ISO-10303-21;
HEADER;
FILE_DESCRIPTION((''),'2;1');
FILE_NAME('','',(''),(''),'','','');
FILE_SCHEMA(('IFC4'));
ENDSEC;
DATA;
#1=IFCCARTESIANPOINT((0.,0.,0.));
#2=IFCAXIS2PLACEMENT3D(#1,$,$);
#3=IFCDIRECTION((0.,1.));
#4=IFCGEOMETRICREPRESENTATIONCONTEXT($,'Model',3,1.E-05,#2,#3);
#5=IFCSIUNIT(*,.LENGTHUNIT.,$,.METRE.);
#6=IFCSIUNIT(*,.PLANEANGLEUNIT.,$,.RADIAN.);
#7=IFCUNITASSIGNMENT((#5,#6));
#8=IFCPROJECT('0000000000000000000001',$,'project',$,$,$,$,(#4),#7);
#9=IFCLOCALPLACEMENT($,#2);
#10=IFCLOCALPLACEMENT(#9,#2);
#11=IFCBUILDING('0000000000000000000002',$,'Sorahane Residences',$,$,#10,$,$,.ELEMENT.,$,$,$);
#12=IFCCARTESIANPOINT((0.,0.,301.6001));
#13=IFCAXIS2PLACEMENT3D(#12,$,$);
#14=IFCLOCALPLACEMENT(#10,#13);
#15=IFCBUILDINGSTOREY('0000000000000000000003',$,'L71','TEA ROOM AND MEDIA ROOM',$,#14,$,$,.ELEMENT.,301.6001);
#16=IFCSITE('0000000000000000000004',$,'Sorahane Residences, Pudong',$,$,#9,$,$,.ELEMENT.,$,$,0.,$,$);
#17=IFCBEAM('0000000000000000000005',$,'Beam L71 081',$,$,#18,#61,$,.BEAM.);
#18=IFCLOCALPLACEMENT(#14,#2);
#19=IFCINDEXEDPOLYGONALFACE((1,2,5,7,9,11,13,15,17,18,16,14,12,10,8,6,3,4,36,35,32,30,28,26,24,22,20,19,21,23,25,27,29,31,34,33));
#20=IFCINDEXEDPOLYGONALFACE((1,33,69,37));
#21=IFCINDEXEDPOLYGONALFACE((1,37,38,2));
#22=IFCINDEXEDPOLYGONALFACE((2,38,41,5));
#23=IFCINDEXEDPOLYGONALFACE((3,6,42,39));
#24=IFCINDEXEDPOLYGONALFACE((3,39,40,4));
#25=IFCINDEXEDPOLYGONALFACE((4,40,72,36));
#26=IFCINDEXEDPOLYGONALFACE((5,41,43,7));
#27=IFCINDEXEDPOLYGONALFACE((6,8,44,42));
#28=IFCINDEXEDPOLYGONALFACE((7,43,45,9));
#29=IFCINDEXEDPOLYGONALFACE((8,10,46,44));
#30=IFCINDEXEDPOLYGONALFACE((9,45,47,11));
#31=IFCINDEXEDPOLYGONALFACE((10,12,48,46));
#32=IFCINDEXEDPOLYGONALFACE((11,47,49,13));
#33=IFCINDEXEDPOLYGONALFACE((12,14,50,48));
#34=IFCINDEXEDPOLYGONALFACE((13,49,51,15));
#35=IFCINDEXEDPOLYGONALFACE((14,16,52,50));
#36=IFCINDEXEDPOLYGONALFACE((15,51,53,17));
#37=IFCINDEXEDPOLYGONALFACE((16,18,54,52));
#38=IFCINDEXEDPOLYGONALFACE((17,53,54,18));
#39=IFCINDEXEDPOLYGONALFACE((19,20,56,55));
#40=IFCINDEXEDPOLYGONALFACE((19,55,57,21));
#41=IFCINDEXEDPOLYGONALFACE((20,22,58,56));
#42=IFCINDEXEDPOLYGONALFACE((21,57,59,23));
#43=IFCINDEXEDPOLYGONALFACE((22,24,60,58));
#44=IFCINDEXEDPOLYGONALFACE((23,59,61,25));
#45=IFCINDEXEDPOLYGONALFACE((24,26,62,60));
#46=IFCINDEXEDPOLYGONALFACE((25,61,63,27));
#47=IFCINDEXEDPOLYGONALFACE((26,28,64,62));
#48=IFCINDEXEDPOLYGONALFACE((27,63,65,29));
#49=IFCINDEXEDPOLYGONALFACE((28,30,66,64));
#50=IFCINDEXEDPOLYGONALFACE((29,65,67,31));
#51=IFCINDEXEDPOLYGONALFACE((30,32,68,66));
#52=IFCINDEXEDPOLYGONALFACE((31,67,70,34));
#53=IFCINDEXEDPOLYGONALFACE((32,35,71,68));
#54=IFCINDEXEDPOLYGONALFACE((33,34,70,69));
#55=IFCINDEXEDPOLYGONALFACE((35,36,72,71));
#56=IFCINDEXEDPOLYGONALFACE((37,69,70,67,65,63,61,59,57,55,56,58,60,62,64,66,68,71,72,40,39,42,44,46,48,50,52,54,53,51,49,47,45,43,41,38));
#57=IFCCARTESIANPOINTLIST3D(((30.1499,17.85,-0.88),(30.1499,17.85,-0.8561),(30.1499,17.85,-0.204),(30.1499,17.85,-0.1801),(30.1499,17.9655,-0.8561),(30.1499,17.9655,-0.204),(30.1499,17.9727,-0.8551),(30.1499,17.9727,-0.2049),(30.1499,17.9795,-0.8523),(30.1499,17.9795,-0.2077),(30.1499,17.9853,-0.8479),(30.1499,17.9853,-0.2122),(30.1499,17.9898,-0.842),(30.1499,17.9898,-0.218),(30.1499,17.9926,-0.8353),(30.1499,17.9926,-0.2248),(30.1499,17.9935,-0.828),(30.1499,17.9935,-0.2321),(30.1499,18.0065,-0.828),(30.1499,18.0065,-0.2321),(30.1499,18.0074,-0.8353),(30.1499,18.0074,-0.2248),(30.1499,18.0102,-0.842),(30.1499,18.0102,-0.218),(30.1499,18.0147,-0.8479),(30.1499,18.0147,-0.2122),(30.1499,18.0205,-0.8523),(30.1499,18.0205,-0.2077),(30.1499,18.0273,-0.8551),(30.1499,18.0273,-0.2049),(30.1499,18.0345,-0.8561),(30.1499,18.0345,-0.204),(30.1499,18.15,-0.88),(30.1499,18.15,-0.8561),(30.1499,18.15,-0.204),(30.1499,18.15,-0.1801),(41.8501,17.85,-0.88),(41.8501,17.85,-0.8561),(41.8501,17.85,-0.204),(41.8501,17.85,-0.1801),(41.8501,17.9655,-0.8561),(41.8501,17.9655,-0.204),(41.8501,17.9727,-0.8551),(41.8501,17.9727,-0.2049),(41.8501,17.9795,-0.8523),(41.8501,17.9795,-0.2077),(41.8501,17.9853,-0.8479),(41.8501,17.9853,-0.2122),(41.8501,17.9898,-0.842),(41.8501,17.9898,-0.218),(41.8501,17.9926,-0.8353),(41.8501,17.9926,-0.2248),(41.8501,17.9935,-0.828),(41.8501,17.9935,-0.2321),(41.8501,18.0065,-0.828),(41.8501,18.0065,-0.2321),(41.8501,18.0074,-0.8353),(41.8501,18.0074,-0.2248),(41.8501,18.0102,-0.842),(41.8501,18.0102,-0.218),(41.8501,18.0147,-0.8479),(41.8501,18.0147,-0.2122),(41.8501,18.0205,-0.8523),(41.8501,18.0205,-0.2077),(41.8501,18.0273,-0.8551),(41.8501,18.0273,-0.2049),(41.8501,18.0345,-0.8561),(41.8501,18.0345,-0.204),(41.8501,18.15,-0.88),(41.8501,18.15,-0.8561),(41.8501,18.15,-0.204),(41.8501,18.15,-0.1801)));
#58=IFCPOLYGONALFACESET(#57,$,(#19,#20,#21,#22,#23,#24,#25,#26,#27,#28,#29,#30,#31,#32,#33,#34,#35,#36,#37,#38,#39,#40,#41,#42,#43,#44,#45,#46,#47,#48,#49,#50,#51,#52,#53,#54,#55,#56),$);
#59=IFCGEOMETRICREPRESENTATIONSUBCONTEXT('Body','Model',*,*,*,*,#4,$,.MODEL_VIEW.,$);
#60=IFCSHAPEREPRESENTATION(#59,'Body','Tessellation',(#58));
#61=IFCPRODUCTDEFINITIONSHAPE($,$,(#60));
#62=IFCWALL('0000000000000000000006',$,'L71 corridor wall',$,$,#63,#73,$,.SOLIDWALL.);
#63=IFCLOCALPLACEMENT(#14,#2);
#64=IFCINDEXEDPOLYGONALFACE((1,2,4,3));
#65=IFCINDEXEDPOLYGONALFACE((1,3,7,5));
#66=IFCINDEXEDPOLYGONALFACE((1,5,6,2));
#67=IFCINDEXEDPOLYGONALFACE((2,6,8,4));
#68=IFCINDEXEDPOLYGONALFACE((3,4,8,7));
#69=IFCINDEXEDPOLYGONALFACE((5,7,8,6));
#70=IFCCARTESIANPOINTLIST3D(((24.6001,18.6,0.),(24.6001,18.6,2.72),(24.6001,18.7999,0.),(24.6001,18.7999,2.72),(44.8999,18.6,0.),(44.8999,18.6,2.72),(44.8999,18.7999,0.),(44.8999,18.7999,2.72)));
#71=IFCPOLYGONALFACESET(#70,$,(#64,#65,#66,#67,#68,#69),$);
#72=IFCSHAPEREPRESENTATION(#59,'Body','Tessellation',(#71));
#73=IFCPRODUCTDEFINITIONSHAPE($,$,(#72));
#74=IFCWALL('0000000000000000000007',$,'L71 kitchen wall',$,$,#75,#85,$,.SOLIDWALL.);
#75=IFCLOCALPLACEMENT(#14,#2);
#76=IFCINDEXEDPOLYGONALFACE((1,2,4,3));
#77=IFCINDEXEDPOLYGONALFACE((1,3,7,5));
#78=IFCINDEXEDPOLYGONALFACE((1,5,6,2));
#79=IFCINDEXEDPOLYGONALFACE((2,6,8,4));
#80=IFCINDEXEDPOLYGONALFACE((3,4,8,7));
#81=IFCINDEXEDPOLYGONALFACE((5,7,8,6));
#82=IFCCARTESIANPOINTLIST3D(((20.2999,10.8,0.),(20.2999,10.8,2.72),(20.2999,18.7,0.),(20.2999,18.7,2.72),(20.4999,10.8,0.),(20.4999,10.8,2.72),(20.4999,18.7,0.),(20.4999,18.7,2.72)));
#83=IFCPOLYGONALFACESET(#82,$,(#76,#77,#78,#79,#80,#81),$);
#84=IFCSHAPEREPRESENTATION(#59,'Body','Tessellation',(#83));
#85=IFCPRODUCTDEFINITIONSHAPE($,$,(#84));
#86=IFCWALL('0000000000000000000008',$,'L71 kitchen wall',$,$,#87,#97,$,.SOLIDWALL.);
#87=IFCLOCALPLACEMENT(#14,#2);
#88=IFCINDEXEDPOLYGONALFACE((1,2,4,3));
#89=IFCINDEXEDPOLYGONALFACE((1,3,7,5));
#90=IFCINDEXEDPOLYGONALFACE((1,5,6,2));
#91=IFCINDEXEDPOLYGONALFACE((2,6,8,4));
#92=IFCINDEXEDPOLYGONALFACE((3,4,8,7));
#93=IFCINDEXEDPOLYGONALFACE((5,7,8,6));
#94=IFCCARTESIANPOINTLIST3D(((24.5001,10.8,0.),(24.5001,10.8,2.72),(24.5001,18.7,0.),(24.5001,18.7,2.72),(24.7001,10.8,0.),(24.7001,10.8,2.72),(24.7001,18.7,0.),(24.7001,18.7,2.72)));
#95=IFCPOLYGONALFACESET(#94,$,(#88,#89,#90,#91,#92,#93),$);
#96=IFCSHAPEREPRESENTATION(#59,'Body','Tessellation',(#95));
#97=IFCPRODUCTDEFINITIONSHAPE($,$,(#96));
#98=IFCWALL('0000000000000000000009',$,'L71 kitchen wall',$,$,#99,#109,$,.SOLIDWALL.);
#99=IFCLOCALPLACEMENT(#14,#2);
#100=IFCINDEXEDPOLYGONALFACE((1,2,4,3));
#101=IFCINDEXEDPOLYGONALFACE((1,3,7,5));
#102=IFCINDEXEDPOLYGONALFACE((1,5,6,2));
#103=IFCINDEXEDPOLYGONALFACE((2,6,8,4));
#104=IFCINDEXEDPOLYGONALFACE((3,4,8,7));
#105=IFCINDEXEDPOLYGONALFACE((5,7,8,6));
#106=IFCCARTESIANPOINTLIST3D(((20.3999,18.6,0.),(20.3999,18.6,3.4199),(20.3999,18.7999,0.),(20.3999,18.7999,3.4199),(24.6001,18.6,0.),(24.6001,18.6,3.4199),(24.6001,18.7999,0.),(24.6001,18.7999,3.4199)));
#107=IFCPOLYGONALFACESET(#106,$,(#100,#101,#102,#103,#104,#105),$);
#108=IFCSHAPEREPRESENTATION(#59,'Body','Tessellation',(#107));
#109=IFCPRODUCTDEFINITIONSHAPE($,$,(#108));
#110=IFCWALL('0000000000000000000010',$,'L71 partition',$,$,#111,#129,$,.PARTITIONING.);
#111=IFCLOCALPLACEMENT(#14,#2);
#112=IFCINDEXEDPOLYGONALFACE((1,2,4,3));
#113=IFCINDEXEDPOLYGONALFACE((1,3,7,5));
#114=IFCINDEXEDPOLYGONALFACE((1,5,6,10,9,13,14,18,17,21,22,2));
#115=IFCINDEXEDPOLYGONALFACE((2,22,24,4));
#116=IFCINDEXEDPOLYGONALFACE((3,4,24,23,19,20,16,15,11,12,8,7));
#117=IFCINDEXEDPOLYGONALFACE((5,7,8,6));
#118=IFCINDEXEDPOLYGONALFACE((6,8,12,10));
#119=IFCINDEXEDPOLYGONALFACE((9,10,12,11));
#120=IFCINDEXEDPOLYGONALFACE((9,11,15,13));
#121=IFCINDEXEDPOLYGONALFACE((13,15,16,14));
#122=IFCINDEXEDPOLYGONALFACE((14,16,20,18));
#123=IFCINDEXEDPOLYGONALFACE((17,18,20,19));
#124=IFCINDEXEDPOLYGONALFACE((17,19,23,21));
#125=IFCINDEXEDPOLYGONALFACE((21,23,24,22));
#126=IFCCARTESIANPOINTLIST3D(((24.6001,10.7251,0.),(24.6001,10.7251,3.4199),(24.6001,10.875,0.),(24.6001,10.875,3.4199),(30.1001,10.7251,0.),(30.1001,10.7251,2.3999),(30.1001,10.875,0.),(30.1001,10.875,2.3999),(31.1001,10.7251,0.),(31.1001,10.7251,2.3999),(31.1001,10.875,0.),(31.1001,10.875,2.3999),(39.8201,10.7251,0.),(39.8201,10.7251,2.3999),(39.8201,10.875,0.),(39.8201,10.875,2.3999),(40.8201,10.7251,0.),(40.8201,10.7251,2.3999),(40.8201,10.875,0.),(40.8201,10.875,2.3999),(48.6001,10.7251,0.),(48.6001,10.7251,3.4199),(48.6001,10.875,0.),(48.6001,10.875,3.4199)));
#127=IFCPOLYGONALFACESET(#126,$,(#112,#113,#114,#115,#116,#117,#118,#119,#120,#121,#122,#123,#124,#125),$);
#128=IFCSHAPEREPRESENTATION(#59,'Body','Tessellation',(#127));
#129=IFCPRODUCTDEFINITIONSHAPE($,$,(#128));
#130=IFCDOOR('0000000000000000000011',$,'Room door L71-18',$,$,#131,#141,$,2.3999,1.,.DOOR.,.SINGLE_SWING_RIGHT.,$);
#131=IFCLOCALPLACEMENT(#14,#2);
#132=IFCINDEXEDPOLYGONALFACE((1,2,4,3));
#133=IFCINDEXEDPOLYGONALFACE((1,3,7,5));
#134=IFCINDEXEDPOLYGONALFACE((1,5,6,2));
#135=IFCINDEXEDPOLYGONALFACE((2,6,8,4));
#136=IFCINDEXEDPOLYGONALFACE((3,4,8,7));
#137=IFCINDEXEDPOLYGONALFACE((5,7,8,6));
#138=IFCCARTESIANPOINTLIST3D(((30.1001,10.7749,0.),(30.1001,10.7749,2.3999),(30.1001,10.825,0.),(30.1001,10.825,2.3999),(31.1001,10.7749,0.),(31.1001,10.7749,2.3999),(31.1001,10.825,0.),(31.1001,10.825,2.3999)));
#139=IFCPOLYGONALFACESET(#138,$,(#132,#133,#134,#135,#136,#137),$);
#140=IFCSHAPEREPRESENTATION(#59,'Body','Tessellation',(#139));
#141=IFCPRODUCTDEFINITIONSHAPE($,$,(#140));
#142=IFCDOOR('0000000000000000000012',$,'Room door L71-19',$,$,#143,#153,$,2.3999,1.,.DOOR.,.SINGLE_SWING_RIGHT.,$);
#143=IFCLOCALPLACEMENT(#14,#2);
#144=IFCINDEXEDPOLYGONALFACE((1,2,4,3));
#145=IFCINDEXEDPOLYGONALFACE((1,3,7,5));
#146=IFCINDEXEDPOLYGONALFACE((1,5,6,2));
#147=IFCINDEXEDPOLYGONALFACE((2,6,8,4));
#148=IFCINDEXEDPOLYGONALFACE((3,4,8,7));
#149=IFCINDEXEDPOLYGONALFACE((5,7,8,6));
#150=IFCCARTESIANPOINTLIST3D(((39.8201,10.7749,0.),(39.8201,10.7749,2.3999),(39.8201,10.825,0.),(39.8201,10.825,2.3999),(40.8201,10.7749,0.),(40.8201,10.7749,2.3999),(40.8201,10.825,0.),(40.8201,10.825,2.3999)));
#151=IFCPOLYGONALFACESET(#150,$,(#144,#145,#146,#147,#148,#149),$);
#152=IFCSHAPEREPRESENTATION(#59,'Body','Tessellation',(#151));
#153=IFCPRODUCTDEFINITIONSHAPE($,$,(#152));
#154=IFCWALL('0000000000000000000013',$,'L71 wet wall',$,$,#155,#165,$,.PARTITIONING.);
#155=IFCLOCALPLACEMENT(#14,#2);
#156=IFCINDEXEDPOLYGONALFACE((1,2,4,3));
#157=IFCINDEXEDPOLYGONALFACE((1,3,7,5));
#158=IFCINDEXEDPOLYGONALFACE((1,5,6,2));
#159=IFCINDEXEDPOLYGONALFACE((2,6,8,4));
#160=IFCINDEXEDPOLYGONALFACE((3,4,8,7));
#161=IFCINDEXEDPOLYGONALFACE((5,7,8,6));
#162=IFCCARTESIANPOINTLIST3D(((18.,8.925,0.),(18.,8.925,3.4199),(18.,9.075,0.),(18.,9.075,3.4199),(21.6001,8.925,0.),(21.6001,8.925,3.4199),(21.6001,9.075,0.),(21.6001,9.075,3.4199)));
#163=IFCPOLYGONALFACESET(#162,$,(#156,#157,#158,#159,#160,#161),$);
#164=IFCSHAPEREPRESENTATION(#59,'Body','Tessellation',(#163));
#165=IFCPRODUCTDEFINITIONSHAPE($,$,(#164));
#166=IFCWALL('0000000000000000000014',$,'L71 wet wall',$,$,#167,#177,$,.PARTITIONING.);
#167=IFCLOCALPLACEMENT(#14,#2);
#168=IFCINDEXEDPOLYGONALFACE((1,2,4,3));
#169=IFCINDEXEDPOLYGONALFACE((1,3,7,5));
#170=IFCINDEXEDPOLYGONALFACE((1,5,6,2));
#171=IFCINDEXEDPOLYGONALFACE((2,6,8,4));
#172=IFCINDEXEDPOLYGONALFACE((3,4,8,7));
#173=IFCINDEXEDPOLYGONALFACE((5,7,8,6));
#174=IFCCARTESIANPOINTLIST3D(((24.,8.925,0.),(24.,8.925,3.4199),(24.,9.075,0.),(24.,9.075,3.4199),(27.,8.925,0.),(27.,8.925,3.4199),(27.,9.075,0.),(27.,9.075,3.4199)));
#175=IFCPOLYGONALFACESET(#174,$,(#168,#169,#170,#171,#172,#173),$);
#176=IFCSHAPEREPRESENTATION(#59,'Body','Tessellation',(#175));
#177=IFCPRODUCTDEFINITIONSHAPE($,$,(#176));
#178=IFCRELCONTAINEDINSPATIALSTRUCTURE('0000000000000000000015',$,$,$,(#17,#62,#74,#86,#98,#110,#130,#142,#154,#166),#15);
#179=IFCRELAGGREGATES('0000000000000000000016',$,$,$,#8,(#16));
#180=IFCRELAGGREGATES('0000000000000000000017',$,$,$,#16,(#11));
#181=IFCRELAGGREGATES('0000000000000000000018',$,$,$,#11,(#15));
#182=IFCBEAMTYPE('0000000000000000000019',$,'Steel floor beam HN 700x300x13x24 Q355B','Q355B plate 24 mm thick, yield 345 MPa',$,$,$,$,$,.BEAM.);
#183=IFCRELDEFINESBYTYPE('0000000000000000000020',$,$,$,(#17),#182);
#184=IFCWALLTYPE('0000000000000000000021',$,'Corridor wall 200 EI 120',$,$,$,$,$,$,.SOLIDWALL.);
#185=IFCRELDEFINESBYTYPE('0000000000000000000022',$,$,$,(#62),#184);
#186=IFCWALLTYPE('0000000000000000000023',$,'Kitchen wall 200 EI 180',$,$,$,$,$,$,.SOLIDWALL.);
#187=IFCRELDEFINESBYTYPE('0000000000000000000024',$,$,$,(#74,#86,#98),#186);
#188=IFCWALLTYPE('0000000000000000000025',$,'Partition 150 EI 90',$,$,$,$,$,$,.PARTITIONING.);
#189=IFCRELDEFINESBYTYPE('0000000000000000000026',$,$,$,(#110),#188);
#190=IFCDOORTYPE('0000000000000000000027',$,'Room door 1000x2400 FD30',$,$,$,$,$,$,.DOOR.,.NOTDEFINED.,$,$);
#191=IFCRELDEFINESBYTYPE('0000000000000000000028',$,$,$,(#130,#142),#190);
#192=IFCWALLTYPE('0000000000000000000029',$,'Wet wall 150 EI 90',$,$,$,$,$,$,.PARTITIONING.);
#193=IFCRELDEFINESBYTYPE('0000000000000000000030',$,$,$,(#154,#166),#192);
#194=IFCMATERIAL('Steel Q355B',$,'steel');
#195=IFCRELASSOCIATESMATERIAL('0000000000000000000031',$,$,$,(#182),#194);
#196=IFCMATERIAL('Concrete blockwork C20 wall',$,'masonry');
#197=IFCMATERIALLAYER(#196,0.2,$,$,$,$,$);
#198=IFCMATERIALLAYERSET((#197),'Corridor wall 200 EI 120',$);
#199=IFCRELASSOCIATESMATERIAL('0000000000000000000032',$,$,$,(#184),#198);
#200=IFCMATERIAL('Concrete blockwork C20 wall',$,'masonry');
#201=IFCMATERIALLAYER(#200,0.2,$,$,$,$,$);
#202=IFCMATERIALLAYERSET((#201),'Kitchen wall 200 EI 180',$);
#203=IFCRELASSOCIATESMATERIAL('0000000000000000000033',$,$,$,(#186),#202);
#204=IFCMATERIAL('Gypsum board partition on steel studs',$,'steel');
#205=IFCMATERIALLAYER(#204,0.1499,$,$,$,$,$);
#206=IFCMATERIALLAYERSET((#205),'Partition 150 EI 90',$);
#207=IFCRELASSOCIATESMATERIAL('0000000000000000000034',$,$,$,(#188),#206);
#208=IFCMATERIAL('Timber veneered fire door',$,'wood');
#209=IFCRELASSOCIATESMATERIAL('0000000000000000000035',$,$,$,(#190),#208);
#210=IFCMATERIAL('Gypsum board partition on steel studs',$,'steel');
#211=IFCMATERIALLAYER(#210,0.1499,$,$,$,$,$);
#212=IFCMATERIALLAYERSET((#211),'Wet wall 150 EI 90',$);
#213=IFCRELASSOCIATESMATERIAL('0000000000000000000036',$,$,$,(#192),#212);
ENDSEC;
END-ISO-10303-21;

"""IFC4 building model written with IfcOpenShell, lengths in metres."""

from ifc_helpers import new_model, si_unit, direction, frame, frame_2d, origin, origin_2d, place, context, subcontext, project, spatial, rectangle, i_section, extrude, material, layer, layer_set, material_profile, profile_set, type_object, element, fill, save


model = new_model("IFC4")

# Units and contexts
model_context = context("Model", 3, precision=1e-05, world=origin(), true_north=direction((0.0, 1.0)))
body_context = subcontext(model_context, "Body", "Model", "MODEL_VIEW")
ifc_project = project(units=[si_unit("LENGTHUNIT", "METRE"), si_unit("PLANEANGLEUNIT", "RADIAN")], contexts=[model_context])

# Site, building, storey
site_placement = place(None, origin())
site = spatial("IfcSite", under=ifc_project, at=site_placement, Name="Sorahane Residences, Pudong", CompositionType="ELEMENT", RefElevation=0.0)
building_placement = place(site_placement, origin())
building = spatial("IfcBuilding", under=site, at=building_placement, Name="Sorahane Residences", CompositionType="ELEMENT")
storey_placement = place(building_placement, frame((0.0, 0.0, 301.6001)))
storey = spatial("IfcBuildingStorey", under=building, at=storey_placement, Name="L71", Description="TEA ROOM AND MEDIA ROOM", CompositionType="ELEMENT", Elevation=301.6001)

# Beam
ifc_material_1 = material(Name="Steel Q355B", Category="steel")
ifc_material_profile_1 = material_profile(ifc_material_1, i_section(OverallWidth=0.3, OverallDepth=0.7, WebThickness=0.0129, FlangeThickness=0.0239, FilletRadius=0.0281, at=origin_2d()), Name="HN 700x300x13x24")
ifc_profile_set_1 = profile_set([ifc_material_profile_1], Name="Steel Q355B")
beam_type_1 = type_object("IfcBeamType", Name="Steel floor beam HN 700x300x13x24 Q355B", Description="Q355B plate 24 mm thick, yield 345 MPa", PredefinedType="BEAM", material=ifc_profile_set_1)
for number, where, z_axis, x_axis, name in (
    (1, (30.1499, 18.0, -0.53), (1.0, 0.0, 0.0), (0.0, 1.0, 0.0), "Beam L71 081"),
):
    element("IfcBeam", number, at=place(storey_placement, frame(where, z_axis=z_axis, x_axis=x_axis)), inside=storey, type_object=beam_type_1, Name=name, PredefinedType="BEAM", context=body_context, shape_type="SweptSolid", body=[
        extrude(i_section(OverallWidth=0.3, OverallDepth=0.7, WebThickness=0.0129, FlangeThickness=0.0239, FilletRadius=0.0281, at=origin_2d()), origin(), (0.0, 0.0, 1.0), 11.7002),
    ])

# Walls
ifc_material_2 = material(Name="Concrete blockwork C20 wall", Category="masonry")
ifc_layer_1 = layer(ifc_material_2, 0.2)
ifc_layer_set_1 = layer_set([ifc_layer_1], Name="Corridor wall 200 EI 120")
wall_type_1 = type_object("IfcWallType", Name="Corridor wall 200 EI 120", PredefinedType="SOLIDWALL", material=ifc_layer_set_1)
wall_1_placement = place(storey_placement, frame((24.6001, 18.7, 0.0), z_axis=(0.0, 0.0, 1.0), x_axis=(1.0, 0.0, 0.0)))
element("IfcWall", 2, at=wall_1_placement, inside=storey, type_object=wall_type_1, Name="L71 corridor wall", PredefinedType="SOLIDWALL", context=body_context, shape_type="SweptSolid", body=[
    extrude(rectangle(XDim=20.2998, YDim=0.2, at=frame_2d((10.1499, 0.0))), origin(), (0.0, 0.0, 1.0), 2.72),
])
ifc_material_3 = material(Name="Concrete blockwork C20 wall", Category="masonry")
ifc_layer_2 = layer(ifc_material_3, 0.2)
ifc_layer_set_2 = layer_set([ifc_layer_2], Name="Kitchen wall 200 EI 180")
wall_type_2 = type_object("IfcWallType", Name="Kitchen wall 200 EI 180", PredefinedType="SOLIDWALL", material=ifc_layer_set_2)
for number, where, z_axis, x_axis, name in (
    (3, (20.3999, 10.8, 0.0), (0.0, 0.0, 1.0), (0.0, 1.0, 0.0), "L71 kitchen wall"),
    (4, (24.6001, 10.8, 0.0), (0.0, 0.0, 1.0), (0.0, 1.0, 0.0), "L71 kitchen wall"),
):
    element("IfcWall", number, at=place(storey_placement, frame(where, z_axis=z_axis, x_axis=x_axis)), inside=storey, type_object=wall_type_2, Name=name, PredefinedType="SOLIDWALL", context=body_context, shape_type="SweptSolid", body=[
        extrude(rectangle(XDim=7.8999, YDim=0.2, at=frame_2d((3.95, 0.0))), origin(), (0.0, 0.0, 1.0), 2.72),
    ])

# Wall
wall_2_placement = place(storey_placement, frame((20.3999, 18.7, 0.0), z_axis=(0.0, 0.0, 1.0), x_axis=(1.0, 0.0, 0.0)))
element("IfcWall", 5, at=wall_2_placement, inside=storey, type_object=wall_type_2, Name="L71 kitchen wall", PredefinedType="SOLIDWALL", context=body_context, shape_type="SweptSolid", body=[
    extrude(rectangle(XDim=4.2002, YDim=0.2, at=frame_2d((2.1001, 0.0))), origin(), (0.0, 0.0, 1.0), 3.4199),
])

# Wall, openings, doors
ifc_material_4 = material(Name="Gypsum board partition on steel studs", Category="steel")
ifc_layer_3 = layer(ifc_material_4, 0.1499)
ifc_layer_set_3 = layer_set([ifc_layer_3], Name="Partition 150 EI 90")
wall_type_3 = type_object("IfcWallType", Name="Partition 150 EI 90", PredefinedType="PARTITIONING", material=ifc_layer_set_3)
wall_3_placement = place(storey_placement, frame((24.6001, 10.8, 0.0), z_axis=(0.0, 0.0, 1.0), x_axis=(1.0, 0.0, 0.0)))
wall_3 = element("IfcWall", 6, at=wall_3_placement, inside=storey, type_object=wall_type_3, Name="L71 partition", PredefinedType="PARTITIONING", context=body_context, shape_type="SweptSolid", body=[
    extrude(rectangle(XDim=24.0, YDim=0.1499, at=frame_2d((12.0, 0.0))), origin(), (0.0, 0.0, 1.0), 3.4199),
])
opening_1_placement = place(wall_3_placement, frame((5.5, 0.0, 0.0)))
opening_1 = element("IfcOpeningElement", 7, at=opening_1_placement, cuts=wall_3, PredefinedType="OPENING", context=body_context, shape_type="SweptSolid", body=[
    extrude(rectangle(XDim=1.0, YDim=2.3999, at=frame_2d((0.5, 1.2))), frame((0.0, 0.085, 0.0), z_axis=(0.0, -1.0, 0.0), x_axis=(1.0, 0.0, 0.0)), (0.0, 0.0, 1.0), 0.1699),
])
opening_2_placement = place(wall_3_placement, frame((15.22, 0.0, 0.0)))
opening_2 = element("IfcOpeningElement", 8, at=opening_2_placement, cuts=wall_3, PredefinedType="OPENING", context=body_context, shape_type="SweptSolid", body=[
    extrude(rectangle(XDim=1.0, YDim=2.3999, at=frame_2d((0.5, 1.2))), frame((0.0, 0.085, 0.0), z_axis=(0.0, -1.0, 0.0), x_axis=(1.0, 0.0, 0.0)), (0.0, 0.0, 1.0), 0.1699),
])
ifc_material_5 = material(Name="Timber veneered fire door", Category="wood")
door_type_1 = type_object("IfcDoorType", Name="Room door 1000x2400 FD30", OperationType="NOTDEFINED", PredefinedType="DOOR", material=ifc_material_5)
door_1_placement = place(opening_1_placement, origin())
door_1 = element("IfcDoor", 9, at=door_1_placement, inside=storey, type_object=door_type_1, Name="Room door L71-18", OperationType="SINGLE_SWING_RIGHT", OverallHeight=2.3999, OverallWidth=1.0, PredefinedType="DOOR", context=body_context, shape_type="SweptSolid", body=[
    extrude(rectangle(XDim=1.0, YDim=2.3999, at=frame_2d((0.5, 1.2))), frame((0.0, 0.0249, 0.0), z_axis=(0.0, -1.0, 0.0), x_axis=(1.0, 0.0, 0.0)), (0.0, 0.0, 1.0), 0.05),
])
fill(opening_1, door_1)
door_2_placement = place(opening_2_placement, origin())
door_2 = element("IfcDoor", 10, at=door_2_placement, inside=storey, type_object=door_type_1, Name="Room door L71-19", OperationType="SINGLE_SWING_RIGHT", OverallHeight=2.3999, OverallWidth=1.0, PredefinedType="DOOR", context=body_context, shape_type="SweptSolid", body=[
    extrude(rectangle(XDim=1.0, YDim=2.3999, at=frame_2d((0.5, 1.2))), frame((0.0, 0.0249, 0.0), z_axis=(0.0, -1.0, 0.0), x_axis=(1.0, 0.0, 0.0)), (0.0, 0.0, 1.0), 0.05),
])
fill(opening_2, door_2)

# Walls
ifc_material_6 = material(Name="Gypsum board partition on steel studs", Category="steel")
ifc_layer_4 = layer(ifc_material_6, 0.1499)
ifc_layer_set_4 = layer_set([ifc_layer_4], Name="Wet wall 150 EI 90")
wall_type_4 = type_object("IfcWallType", Name="Wet wall 150 EI 90", PredefinedType="PARTITIONING", material=ifc_layer_set_4)
wall_4_placement = place(storey_placement, frame((18.0, 9.0, 0.0), z_axis=(0.0, 0.0, 1.0), x_axis=(1.0, 0.0, 0.0)))
element("IfcWall", 11, at=wall_4_placement, inside=storey, type_object=wall_type_4, Name="L71 wet wall", PredefinedType="PARTITIONING", context=body_context, shape_type="SweptSolid", body=[
    extrude(rectangle(XDim=3.6001, YDim=0.1499, at=frame_2d((1.8, 0.0))), origin(), (0.0, 0.0, 1.0), 3.4199),
])
wall_5_placement = place(storey_placement, frame((24.0, 9.0, 0.0), z_axis=(0.0, 0.0, 1.0), x_axis=(1.0, 0.0, 0.0)))
element("IfcWall", 12, at=wall_5_placement, inside=storey, type_object=wall_type_4, Name="L71 wet wall", PredefinedType="PARTITIONING", context=body_context, shape_type="SweptSolid", body=[
    extrude(rectangle(XDim=3.0, YDim=0.1499, at=frame_2d((1.5, 0.0))), origin(), (0.0, 0.0, 1.0), 3.4199),
])

save(model, "model.ifc")
